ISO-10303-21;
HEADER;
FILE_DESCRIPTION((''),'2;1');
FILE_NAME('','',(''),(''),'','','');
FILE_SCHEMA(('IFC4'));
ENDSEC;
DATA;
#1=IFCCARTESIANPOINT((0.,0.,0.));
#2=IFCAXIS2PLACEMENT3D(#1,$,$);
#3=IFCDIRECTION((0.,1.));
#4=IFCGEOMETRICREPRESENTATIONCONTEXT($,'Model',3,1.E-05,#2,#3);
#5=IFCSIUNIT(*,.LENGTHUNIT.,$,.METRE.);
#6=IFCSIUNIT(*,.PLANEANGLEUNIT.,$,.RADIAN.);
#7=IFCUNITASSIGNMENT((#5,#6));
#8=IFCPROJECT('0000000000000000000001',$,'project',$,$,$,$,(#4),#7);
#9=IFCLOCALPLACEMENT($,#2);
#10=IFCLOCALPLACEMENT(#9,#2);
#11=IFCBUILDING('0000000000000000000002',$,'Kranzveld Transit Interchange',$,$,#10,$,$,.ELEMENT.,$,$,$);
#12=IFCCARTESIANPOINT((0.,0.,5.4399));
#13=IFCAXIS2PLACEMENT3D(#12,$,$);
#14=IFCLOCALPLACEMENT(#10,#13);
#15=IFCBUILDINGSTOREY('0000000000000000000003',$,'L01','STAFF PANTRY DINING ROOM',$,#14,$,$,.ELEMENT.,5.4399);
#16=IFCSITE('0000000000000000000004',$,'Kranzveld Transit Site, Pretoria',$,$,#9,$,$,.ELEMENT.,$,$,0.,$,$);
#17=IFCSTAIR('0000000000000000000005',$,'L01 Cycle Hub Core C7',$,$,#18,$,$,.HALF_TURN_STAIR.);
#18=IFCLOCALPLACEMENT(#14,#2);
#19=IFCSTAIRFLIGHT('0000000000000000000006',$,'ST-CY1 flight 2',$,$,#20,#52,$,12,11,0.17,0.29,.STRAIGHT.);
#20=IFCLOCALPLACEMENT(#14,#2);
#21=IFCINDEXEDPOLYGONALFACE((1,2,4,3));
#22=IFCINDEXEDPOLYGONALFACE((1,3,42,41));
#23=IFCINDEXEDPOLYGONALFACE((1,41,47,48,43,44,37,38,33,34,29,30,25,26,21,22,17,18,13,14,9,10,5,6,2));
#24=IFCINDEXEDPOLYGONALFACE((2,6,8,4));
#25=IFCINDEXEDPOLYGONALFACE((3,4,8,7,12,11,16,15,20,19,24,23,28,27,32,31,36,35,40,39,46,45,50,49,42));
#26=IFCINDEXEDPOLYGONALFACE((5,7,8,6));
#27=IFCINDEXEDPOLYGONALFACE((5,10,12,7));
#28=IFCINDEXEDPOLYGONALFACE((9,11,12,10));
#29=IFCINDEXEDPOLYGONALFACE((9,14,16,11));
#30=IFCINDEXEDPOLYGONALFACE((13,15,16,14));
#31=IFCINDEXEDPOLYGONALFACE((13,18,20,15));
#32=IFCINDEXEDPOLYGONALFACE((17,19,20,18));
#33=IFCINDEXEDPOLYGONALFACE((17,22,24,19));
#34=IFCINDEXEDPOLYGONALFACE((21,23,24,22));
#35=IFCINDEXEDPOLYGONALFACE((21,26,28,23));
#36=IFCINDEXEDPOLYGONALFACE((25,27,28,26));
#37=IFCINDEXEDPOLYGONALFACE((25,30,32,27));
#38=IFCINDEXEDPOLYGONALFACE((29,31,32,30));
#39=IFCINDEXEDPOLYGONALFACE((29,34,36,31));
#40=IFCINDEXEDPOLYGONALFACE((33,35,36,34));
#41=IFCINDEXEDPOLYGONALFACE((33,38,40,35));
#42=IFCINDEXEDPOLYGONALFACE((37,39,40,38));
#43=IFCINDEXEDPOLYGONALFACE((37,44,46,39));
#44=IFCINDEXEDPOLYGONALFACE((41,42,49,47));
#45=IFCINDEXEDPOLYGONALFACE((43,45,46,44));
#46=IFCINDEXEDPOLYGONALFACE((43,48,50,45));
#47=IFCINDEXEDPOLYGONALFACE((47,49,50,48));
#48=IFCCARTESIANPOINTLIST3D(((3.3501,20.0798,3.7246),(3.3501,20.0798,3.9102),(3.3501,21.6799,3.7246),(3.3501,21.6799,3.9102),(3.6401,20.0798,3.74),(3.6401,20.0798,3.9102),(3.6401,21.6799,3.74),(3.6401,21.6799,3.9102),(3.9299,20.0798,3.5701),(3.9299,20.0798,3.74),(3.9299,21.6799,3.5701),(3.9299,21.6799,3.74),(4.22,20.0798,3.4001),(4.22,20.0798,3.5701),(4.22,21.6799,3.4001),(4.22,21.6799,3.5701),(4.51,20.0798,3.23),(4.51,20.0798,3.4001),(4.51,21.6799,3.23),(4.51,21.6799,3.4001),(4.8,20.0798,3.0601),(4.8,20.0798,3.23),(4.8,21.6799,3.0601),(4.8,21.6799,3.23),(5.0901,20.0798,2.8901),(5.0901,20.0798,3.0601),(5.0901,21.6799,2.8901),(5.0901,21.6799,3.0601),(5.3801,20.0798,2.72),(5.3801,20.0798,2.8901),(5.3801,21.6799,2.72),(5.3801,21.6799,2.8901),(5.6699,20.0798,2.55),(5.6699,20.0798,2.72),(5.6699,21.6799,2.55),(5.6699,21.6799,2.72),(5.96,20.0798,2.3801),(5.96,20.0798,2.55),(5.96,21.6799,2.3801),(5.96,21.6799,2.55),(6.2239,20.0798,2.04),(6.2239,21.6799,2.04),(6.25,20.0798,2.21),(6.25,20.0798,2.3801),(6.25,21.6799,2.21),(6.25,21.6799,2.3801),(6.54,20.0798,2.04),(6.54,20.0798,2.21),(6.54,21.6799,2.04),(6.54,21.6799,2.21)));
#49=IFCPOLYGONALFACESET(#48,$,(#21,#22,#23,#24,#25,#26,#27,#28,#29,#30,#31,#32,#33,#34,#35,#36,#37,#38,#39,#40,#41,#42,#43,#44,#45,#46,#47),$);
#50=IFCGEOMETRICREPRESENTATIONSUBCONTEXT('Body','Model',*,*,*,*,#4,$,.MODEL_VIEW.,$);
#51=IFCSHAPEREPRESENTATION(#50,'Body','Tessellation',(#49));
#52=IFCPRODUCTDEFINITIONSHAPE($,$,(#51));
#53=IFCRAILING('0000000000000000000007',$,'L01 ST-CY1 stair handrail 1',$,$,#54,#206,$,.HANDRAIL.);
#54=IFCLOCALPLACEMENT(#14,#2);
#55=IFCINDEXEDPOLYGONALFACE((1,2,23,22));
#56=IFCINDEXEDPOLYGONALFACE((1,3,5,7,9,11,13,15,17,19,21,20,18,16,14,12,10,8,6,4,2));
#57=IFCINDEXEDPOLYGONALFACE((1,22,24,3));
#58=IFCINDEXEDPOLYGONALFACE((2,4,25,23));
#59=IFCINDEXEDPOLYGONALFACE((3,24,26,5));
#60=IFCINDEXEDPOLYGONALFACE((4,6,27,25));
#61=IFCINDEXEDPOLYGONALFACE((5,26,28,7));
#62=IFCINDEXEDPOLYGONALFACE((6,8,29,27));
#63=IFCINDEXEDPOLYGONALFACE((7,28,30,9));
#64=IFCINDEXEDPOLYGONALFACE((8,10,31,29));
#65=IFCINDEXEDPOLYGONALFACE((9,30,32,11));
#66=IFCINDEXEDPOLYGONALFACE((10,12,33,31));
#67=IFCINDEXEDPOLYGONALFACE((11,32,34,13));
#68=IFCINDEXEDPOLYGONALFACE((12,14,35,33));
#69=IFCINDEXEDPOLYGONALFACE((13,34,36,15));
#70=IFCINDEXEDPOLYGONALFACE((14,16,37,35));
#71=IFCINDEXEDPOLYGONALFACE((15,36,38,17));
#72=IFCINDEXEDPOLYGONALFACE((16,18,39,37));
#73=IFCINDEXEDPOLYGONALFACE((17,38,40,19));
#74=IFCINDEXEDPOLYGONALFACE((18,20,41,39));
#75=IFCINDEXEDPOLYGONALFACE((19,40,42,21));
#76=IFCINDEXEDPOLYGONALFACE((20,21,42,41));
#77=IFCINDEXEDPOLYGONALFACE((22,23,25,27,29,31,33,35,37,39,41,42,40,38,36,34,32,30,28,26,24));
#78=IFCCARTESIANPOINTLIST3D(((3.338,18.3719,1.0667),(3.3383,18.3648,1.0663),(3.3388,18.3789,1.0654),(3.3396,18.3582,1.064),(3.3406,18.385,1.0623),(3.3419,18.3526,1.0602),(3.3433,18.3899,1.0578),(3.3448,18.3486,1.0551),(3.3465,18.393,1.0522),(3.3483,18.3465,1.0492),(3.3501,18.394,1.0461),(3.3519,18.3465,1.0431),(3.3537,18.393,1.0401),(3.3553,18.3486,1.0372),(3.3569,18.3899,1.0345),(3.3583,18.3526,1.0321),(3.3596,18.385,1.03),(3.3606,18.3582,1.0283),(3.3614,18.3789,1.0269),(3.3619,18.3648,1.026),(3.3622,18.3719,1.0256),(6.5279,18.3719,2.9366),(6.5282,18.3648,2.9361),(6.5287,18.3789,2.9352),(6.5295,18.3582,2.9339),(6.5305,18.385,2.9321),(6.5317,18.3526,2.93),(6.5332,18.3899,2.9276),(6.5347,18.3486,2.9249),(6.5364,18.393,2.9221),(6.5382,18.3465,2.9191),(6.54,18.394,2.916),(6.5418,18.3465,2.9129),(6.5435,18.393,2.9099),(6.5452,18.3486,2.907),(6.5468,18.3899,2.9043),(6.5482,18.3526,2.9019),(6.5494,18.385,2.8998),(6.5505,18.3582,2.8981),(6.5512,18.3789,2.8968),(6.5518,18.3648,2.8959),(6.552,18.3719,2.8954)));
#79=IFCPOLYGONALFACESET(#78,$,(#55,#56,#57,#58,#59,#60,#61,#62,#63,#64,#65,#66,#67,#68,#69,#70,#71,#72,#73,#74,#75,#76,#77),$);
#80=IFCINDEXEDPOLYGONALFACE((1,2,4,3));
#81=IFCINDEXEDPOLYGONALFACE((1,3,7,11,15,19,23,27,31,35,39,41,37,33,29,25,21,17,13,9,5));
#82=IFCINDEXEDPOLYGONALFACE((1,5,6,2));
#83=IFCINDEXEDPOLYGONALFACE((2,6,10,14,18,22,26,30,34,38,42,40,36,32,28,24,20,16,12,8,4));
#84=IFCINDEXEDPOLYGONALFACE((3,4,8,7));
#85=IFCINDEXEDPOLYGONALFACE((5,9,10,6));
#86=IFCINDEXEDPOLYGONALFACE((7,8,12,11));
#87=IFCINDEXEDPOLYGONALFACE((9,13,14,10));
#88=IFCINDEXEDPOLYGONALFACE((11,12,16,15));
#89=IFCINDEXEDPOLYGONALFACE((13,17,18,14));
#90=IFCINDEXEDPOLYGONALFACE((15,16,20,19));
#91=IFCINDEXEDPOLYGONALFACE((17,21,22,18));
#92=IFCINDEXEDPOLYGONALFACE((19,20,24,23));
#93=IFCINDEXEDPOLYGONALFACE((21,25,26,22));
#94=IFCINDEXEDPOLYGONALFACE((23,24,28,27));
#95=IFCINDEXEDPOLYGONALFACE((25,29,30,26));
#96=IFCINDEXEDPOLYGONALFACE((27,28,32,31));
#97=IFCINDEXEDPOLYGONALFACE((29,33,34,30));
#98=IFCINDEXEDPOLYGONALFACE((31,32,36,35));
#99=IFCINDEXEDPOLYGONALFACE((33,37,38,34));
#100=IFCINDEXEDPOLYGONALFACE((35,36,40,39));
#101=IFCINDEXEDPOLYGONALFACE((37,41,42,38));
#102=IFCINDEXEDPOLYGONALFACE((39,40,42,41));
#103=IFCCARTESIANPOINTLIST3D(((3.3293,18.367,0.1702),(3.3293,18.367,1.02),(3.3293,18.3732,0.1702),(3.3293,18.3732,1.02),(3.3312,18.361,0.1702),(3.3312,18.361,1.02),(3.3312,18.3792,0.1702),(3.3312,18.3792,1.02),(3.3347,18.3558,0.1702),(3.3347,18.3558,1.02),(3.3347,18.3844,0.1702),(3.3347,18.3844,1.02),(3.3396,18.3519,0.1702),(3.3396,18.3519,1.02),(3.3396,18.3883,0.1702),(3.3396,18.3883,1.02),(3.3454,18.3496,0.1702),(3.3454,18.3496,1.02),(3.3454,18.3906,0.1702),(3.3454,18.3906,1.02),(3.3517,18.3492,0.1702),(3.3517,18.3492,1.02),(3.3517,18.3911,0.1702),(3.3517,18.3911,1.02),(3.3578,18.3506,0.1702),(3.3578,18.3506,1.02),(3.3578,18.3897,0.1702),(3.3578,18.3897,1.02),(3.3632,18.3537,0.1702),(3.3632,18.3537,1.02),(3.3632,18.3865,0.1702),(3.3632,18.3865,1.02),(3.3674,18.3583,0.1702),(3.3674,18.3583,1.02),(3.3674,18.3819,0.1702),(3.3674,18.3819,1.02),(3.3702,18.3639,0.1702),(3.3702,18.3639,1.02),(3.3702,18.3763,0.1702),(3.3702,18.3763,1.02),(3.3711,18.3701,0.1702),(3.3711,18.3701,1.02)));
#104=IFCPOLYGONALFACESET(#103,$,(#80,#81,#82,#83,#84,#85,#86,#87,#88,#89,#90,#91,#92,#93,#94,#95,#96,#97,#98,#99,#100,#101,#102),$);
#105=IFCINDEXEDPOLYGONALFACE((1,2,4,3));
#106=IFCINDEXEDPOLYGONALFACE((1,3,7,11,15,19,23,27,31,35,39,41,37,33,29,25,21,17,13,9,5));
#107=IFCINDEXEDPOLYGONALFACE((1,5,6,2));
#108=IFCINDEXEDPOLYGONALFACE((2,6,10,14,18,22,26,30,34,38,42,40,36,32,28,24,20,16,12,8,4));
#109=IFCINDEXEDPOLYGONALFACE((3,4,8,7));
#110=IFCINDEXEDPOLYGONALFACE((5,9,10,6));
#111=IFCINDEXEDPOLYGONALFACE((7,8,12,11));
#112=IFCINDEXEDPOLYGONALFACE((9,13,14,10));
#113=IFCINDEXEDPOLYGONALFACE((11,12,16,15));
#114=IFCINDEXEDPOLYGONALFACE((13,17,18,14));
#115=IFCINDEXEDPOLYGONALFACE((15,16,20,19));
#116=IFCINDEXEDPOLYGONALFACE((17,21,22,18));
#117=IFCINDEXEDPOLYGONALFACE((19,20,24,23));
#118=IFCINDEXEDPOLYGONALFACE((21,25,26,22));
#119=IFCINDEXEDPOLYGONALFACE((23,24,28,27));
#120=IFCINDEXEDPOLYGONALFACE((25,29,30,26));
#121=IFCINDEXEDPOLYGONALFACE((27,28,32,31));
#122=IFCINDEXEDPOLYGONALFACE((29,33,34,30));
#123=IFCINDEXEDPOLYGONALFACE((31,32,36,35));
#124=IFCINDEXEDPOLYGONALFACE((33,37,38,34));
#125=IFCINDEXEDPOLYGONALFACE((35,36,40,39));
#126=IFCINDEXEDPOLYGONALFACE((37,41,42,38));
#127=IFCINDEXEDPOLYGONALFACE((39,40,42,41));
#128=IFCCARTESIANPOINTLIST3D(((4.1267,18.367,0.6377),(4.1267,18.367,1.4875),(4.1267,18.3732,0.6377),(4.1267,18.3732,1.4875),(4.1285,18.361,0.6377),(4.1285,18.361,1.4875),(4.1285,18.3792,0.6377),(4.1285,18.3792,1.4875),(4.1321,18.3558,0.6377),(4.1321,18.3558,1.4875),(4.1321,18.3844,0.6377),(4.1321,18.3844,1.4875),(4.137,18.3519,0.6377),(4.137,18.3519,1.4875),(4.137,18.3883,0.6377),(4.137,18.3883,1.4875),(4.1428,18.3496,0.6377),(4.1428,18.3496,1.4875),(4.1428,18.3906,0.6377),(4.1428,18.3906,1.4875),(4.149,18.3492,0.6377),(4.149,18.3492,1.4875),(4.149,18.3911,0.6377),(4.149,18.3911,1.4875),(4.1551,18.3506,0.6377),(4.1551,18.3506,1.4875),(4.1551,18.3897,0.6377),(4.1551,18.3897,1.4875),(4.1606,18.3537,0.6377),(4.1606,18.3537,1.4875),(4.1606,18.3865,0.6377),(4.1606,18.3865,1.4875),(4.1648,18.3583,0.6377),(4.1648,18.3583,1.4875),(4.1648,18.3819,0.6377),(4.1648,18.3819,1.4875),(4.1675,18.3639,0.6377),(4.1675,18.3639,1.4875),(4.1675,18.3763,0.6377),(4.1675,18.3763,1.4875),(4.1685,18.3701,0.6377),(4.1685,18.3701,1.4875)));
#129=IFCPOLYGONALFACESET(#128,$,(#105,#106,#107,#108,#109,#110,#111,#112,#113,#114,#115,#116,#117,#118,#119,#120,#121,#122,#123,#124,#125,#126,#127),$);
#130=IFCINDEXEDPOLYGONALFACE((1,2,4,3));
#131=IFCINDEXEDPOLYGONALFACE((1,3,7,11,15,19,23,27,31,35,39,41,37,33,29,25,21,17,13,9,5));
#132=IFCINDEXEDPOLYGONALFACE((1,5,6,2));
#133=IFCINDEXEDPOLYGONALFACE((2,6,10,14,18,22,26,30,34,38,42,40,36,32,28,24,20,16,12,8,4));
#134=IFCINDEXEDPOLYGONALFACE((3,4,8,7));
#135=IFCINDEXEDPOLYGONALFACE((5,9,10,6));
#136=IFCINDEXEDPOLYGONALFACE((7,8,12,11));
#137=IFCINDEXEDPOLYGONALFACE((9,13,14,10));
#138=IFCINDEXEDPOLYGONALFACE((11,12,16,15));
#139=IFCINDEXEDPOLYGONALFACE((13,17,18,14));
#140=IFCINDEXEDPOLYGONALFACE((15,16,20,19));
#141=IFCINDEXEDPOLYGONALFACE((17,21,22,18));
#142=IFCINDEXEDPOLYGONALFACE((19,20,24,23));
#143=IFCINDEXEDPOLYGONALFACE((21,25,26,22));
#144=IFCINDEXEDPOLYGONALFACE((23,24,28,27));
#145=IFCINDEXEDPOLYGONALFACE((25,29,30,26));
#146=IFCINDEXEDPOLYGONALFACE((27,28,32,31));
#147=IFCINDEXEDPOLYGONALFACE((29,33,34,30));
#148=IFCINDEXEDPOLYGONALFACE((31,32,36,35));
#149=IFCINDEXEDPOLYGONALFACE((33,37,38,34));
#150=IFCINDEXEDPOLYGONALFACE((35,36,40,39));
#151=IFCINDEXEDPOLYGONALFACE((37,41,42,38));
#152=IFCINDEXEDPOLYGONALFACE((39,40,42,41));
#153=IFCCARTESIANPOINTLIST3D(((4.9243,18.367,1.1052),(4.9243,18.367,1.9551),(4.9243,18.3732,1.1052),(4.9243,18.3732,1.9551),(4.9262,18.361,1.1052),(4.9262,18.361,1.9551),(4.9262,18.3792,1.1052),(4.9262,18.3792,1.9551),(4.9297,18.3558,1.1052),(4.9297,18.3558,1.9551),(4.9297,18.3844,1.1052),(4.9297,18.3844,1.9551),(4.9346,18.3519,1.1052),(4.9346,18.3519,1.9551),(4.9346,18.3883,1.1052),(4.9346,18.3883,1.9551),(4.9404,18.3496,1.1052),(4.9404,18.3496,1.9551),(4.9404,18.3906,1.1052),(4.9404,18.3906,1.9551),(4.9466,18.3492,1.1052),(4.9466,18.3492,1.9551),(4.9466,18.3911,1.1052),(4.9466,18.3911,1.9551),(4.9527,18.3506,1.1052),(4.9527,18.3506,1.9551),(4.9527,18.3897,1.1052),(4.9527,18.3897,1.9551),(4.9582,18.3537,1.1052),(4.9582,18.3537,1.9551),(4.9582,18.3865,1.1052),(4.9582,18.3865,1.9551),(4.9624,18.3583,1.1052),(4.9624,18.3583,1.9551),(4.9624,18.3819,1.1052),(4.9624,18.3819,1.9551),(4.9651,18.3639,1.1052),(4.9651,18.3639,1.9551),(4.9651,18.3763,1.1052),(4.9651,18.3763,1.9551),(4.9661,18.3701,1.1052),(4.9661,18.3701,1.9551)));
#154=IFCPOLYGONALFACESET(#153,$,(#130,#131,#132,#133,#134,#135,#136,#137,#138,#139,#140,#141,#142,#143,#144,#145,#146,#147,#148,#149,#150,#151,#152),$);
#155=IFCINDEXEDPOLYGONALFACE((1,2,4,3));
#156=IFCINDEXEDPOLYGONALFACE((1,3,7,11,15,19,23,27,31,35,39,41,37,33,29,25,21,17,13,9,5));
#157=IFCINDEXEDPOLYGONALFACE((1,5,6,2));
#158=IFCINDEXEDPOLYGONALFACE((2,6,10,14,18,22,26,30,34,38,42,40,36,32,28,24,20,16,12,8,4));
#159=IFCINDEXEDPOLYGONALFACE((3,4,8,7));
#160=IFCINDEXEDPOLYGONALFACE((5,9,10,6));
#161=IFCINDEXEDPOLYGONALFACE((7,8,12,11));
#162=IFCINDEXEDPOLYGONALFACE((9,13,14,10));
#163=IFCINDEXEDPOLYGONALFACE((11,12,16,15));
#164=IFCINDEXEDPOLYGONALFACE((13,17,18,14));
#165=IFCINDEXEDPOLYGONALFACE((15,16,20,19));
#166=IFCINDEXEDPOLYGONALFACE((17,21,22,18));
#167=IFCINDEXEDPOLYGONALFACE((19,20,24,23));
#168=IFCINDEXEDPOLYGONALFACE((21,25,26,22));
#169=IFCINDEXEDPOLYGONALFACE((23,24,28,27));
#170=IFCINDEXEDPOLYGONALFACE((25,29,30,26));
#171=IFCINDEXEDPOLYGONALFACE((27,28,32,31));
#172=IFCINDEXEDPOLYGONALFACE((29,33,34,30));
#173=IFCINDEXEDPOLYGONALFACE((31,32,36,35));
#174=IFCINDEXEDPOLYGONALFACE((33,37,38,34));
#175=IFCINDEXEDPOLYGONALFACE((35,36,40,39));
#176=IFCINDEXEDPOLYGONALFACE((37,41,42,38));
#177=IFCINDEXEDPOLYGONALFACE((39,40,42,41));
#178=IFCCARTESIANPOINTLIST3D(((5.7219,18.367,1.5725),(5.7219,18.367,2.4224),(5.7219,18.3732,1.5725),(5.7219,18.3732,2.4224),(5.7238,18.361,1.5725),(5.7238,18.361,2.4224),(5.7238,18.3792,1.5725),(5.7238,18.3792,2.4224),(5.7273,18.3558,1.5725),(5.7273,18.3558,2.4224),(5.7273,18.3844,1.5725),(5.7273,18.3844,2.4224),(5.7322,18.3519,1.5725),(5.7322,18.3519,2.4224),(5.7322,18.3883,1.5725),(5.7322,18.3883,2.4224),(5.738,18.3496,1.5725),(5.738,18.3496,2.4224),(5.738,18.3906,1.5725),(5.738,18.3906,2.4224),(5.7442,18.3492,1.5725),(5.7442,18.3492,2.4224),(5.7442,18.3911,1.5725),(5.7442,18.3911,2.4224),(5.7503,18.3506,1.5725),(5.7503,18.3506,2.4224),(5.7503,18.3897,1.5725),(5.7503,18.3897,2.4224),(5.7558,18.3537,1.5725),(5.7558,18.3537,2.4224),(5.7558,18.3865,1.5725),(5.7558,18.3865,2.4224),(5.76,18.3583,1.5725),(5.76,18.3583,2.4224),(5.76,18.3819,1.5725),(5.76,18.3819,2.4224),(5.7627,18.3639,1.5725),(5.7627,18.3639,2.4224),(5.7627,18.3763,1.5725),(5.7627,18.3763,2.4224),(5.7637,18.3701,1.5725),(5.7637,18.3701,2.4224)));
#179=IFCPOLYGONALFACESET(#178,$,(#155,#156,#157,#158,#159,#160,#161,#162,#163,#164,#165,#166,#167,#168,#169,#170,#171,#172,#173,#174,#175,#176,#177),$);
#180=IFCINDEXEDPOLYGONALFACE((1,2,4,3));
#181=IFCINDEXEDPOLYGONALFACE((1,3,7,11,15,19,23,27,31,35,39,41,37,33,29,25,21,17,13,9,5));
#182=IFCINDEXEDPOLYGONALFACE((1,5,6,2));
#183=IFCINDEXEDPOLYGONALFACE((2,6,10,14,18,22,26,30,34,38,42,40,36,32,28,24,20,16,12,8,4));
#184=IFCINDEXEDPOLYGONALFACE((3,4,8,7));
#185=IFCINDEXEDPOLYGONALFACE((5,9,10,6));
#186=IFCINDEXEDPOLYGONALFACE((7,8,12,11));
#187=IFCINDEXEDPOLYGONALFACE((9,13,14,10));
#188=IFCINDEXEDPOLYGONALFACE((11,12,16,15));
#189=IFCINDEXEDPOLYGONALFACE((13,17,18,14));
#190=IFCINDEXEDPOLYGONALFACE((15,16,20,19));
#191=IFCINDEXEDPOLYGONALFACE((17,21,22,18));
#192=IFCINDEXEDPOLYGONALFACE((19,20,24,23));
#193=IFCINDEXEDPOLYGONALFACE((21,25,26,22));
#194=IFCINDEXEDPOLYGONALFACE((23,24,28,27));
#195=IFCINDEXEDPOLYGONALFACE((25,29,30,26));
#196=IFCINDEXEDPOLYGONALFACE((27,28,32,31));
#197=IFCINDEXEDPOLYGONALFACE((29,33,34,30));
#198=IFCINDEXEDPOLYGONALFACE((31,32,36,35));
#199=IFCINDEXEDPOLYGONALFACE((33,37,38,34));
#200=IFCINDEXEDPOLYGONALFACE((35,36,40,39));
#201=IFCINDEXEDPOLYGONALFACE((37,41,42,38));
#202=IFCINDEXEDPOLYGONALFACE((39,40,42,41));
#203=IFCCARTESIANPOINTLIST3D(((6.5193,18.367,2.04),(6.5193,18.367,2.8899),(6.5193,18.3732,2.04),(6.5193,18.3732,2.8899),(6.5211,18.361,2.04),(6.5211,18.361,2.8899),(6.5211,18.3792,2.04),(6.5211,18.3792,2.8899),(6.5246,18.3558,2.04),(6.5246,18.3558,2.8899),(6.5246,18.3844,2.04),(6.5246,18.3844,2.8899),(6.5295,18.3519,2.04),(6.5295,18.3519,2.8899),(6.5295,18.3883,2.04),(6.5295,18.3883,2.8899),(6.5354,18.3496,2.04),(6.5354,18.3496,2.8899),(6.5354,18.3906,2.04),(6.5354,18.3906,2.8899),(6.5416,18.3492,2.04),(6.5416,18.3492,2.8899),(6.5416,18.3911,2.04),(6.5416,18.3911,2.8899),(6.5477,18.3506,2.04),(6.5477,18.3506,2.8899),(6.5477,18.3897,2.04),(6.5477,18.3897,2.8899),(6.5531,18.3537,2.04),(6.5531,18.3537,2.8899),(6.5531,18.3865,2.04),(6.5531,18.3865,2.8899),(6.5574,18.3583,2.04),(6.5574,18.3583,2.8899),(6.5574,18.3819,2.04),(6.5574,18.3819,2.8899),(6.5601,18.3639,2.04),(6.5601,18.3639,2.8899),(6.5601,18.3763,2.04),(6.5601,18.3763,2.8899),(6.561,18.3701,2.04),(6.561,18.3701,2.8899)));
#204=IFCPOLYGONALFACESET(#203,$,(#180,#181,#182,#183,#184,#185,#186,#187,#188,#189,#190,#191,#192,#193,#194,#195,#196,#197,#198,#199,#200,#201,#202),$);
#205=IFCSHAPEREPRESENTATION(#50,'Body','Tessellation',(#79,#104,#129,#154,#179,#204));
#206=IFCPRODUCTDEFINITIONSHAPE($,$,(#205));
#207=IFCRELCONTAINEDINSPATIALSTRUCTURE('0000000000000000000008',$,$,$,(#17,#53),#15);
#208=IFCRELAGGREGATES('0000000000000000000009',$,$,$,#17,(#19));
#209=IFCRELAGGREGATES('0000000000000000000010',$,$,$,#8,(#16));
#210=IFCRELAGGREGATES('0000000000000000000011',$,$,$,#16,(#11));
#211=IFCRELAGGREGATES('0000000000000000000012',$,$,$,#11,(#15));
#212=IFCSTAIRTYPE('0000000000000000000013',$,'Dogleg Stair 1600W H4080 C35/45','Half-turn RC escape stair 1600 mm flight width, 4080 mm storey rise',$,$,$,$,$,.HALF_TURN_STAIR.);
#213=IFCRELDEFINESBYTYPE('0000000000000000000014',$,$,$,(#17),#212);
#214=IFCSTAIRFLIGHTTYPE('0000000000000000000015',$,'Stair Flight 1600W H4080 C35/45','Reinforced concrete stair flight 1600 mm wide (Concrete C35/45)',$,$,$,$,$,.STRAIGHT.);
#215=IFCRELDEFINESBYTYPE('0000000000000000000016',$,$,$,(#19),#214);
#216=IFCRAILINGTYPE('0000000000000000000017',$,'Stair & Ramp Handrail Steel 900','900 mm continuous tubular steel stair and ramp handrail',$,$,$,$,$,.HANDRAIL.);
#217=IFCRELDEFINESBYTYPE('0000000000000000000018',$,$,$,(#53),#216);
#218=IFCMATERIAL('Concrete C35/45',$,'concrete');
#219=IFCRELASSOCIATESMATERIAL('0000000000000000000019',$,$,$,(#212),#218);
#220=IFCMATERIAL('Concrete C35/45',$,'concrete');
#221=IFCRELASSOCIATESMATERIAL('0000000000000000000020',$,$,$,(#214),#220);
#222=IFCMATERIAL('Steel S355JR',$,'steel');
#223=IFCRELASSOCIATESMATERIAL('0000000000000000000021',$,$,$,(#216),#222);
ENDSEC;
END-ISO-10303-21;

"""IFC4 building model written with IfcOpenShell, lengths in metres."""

from ifc_helpers import new_model, si_unit, direction, frame, origin, origin_2d, place, context, subcontext, project, spatial, polyline, circle, outline, extrude, material, type_object, element, aggregate, save


model = new_model("IFC4")

# Units and contexts
model_context = context("Model", 3, precision=1e-05, world=origin(), true_north=direction((0.0, 1.0)))
body_context = subcontext(model_context, "Body", "Model", "MODEL_VIEW")
ifc_project = project(units=[si_unit("LENGTHUNIT", "METRE"), si_unit("PLANEANGLEUNIT", "RADIAN")], contexts=[model_context])

# Site, building, storey
site_placement = place(None, origin())
site = spatial("IfcSite", under=ifc_project, at=site_placement, Name="Kranzveld Transit Site, Pretoria", CompositionType="ELEMENT", RefElevation=0.0)
building_placement = place(site_placement, origin())
building = spatial("IfcBuilding", under=site, at=building_placement, Name="Kranzveld Transit Interchange", CompositionType="ELEMENT")
storey_placement = place(building_placement, frame((0.0, 0.0, 5.4399)))
storey = spatial("IfcBuildingStorey", under=building, at=storey_placement, Name="L01", Description="STAFF PANTRY DINING ROOM", CompositionType="ELEMENT", Elevation=5.4399)

# Stair, stair flight
ifc_material_1 = material(Name="Concrete C35/45", Category="concrete")
stair_type = type_object("IfcStairType", Name="Dogleg Stair 1600W H4080 C35/45", Description="Half-turn RC escape stair 1600 mm flight width, 4080 mm storey rise", PredefinedType="HALF_TURN_STAIR", material=ifc_material_1)
stair_placement = place(storey_placement, origin())
stair = element("IfcStair", 1, at=stair_placement, inside=storey, type_object=stair_type, Name="L01 Cycle Hub Core C7", PredefinedType="HALF_TURN_STAIR")
ifc_material_2 = material(Name="Concrete C35/45", Category="concrete")
stair_flight_type = type_object("IfcStairFlightType", Name="Stair Flight 1600W H4080 C35/45", Description="Reinforced concrete stair flight 1600 mm wide (Concrete C35/45)", PredefinedType="STRAIGHT", material=ifc_material_2)
stair_flight_1_placement = place(storey_placement, frame((6.54, 20.8799, 2.04), z_axis=(0.0, 0.0, 1.0), x_axis=(-1.0, 0.0, 0.0)))
stair_flight_1 = element("IfcStairFlight", 2, at=stair_flight_1_placement, type_object=stair_flight_type, Name="ST-CY1 flight 2", NumberOfRisers=12, NumberOfTreads=11, PredefinedType="STRAIGHT", RiserHeight=0.17, TreadLength=0.29, context=body_context, shape_type="SweptSolid", body=[
    extrude(outline(polyline([(0.0, 0.0), (0.0, 0.1699), (0.29, 0.1699), (0.29, 0.3401), (0.5801, 0.3401), (0.5801, 0.51), (0.8701, 0.51), (0.8701, 0.6799), (1.1599, 0.6799), (1.1599, 0.8501), (1.45, 0.8501), (1.45, 1.02), (1.74, 1.02), (1.74, 1.1899), (2.03, 1.1899), (2.03, 1.3601), (2.3201, 1.3601), (2.3201, 1.53), (2.6101, 1.53), (2.6101, 1.7), (2.8999, 1.7), (2.8999, 1.8701), (3.1899, 1.8701), (3.1899, 2.04), (3.1899, 1.6846), (0.3162, 0.0), (0.0, 0.0)])), frame((0.0, 0.8, 0.0), z_axis=(0.0, -1.0, 0.0), x_axis=(1.0, 0.0, 0.0)), (0.0, 0.0, 1.0), 1.6001),
])
aggregate(stair, [stair_flight_1])

# Railing
ifc_material_3 = material(Name="Steel S355JR", Category="steel")
railing_type_1 = type_object("IfcRailingType", Name="Stair & Ramp Handrail Steel 900", Description="900 mm continuous tubular steel stair and ramp handrail", PredefinedType="HANDRAIL", material=ifc_material_3)
railing_1_placement = place(storey_placement, frame((3.3501, 18.3701, 0.1702)))
element("IfcRailing", 3, at=railing_1_placement, inside=storey, type_object=railing_type_1, Name="L01 ST-CY1 stair handrail 1", PredefinedType="HANDRAIL", context=body_context, shape_type="SweptSolid", body=[
    extrude(circle(Radius=0.0239, at=origin_2d()), frame((0.0, 0.0, 0.876), z_axis=(0.862709, 0.0, 0.505701), x_axis=(0.0, 1.0, 0.0)), (0.0, 0.0, 1.0), 3.6975),
    extrude(circle(Radius=0.021, at=origin_2d()), origin(), (0.0, 0.0, 1.0), 0.8499),
    extrude(circle(Radius=0.021, at=origin_2d()), frame((0.7974, 0.0, 0.4675)), (0.0, 0.0, 1.0), 0.8499),
    extrude(circle(Radius=0.021, at=origin_2d()), frame((1.595, 0.0, 0.9351)), (0.0, 0.0, 1.0), 0.8499),
    extrude(circle(Radius=0.021, at=origin_2d()), frame((2.3926, 0.0, 1.4023)), (0.0, 0.0, 1.0), 0.8499),
    extrude(circle(Radius=0.021, at=origin_2d()), frame((3.1899, 0.0, 1.8699)), (0.0, 0.0, 1.0), 0.8499),
])

save(model, "model.ifc")
